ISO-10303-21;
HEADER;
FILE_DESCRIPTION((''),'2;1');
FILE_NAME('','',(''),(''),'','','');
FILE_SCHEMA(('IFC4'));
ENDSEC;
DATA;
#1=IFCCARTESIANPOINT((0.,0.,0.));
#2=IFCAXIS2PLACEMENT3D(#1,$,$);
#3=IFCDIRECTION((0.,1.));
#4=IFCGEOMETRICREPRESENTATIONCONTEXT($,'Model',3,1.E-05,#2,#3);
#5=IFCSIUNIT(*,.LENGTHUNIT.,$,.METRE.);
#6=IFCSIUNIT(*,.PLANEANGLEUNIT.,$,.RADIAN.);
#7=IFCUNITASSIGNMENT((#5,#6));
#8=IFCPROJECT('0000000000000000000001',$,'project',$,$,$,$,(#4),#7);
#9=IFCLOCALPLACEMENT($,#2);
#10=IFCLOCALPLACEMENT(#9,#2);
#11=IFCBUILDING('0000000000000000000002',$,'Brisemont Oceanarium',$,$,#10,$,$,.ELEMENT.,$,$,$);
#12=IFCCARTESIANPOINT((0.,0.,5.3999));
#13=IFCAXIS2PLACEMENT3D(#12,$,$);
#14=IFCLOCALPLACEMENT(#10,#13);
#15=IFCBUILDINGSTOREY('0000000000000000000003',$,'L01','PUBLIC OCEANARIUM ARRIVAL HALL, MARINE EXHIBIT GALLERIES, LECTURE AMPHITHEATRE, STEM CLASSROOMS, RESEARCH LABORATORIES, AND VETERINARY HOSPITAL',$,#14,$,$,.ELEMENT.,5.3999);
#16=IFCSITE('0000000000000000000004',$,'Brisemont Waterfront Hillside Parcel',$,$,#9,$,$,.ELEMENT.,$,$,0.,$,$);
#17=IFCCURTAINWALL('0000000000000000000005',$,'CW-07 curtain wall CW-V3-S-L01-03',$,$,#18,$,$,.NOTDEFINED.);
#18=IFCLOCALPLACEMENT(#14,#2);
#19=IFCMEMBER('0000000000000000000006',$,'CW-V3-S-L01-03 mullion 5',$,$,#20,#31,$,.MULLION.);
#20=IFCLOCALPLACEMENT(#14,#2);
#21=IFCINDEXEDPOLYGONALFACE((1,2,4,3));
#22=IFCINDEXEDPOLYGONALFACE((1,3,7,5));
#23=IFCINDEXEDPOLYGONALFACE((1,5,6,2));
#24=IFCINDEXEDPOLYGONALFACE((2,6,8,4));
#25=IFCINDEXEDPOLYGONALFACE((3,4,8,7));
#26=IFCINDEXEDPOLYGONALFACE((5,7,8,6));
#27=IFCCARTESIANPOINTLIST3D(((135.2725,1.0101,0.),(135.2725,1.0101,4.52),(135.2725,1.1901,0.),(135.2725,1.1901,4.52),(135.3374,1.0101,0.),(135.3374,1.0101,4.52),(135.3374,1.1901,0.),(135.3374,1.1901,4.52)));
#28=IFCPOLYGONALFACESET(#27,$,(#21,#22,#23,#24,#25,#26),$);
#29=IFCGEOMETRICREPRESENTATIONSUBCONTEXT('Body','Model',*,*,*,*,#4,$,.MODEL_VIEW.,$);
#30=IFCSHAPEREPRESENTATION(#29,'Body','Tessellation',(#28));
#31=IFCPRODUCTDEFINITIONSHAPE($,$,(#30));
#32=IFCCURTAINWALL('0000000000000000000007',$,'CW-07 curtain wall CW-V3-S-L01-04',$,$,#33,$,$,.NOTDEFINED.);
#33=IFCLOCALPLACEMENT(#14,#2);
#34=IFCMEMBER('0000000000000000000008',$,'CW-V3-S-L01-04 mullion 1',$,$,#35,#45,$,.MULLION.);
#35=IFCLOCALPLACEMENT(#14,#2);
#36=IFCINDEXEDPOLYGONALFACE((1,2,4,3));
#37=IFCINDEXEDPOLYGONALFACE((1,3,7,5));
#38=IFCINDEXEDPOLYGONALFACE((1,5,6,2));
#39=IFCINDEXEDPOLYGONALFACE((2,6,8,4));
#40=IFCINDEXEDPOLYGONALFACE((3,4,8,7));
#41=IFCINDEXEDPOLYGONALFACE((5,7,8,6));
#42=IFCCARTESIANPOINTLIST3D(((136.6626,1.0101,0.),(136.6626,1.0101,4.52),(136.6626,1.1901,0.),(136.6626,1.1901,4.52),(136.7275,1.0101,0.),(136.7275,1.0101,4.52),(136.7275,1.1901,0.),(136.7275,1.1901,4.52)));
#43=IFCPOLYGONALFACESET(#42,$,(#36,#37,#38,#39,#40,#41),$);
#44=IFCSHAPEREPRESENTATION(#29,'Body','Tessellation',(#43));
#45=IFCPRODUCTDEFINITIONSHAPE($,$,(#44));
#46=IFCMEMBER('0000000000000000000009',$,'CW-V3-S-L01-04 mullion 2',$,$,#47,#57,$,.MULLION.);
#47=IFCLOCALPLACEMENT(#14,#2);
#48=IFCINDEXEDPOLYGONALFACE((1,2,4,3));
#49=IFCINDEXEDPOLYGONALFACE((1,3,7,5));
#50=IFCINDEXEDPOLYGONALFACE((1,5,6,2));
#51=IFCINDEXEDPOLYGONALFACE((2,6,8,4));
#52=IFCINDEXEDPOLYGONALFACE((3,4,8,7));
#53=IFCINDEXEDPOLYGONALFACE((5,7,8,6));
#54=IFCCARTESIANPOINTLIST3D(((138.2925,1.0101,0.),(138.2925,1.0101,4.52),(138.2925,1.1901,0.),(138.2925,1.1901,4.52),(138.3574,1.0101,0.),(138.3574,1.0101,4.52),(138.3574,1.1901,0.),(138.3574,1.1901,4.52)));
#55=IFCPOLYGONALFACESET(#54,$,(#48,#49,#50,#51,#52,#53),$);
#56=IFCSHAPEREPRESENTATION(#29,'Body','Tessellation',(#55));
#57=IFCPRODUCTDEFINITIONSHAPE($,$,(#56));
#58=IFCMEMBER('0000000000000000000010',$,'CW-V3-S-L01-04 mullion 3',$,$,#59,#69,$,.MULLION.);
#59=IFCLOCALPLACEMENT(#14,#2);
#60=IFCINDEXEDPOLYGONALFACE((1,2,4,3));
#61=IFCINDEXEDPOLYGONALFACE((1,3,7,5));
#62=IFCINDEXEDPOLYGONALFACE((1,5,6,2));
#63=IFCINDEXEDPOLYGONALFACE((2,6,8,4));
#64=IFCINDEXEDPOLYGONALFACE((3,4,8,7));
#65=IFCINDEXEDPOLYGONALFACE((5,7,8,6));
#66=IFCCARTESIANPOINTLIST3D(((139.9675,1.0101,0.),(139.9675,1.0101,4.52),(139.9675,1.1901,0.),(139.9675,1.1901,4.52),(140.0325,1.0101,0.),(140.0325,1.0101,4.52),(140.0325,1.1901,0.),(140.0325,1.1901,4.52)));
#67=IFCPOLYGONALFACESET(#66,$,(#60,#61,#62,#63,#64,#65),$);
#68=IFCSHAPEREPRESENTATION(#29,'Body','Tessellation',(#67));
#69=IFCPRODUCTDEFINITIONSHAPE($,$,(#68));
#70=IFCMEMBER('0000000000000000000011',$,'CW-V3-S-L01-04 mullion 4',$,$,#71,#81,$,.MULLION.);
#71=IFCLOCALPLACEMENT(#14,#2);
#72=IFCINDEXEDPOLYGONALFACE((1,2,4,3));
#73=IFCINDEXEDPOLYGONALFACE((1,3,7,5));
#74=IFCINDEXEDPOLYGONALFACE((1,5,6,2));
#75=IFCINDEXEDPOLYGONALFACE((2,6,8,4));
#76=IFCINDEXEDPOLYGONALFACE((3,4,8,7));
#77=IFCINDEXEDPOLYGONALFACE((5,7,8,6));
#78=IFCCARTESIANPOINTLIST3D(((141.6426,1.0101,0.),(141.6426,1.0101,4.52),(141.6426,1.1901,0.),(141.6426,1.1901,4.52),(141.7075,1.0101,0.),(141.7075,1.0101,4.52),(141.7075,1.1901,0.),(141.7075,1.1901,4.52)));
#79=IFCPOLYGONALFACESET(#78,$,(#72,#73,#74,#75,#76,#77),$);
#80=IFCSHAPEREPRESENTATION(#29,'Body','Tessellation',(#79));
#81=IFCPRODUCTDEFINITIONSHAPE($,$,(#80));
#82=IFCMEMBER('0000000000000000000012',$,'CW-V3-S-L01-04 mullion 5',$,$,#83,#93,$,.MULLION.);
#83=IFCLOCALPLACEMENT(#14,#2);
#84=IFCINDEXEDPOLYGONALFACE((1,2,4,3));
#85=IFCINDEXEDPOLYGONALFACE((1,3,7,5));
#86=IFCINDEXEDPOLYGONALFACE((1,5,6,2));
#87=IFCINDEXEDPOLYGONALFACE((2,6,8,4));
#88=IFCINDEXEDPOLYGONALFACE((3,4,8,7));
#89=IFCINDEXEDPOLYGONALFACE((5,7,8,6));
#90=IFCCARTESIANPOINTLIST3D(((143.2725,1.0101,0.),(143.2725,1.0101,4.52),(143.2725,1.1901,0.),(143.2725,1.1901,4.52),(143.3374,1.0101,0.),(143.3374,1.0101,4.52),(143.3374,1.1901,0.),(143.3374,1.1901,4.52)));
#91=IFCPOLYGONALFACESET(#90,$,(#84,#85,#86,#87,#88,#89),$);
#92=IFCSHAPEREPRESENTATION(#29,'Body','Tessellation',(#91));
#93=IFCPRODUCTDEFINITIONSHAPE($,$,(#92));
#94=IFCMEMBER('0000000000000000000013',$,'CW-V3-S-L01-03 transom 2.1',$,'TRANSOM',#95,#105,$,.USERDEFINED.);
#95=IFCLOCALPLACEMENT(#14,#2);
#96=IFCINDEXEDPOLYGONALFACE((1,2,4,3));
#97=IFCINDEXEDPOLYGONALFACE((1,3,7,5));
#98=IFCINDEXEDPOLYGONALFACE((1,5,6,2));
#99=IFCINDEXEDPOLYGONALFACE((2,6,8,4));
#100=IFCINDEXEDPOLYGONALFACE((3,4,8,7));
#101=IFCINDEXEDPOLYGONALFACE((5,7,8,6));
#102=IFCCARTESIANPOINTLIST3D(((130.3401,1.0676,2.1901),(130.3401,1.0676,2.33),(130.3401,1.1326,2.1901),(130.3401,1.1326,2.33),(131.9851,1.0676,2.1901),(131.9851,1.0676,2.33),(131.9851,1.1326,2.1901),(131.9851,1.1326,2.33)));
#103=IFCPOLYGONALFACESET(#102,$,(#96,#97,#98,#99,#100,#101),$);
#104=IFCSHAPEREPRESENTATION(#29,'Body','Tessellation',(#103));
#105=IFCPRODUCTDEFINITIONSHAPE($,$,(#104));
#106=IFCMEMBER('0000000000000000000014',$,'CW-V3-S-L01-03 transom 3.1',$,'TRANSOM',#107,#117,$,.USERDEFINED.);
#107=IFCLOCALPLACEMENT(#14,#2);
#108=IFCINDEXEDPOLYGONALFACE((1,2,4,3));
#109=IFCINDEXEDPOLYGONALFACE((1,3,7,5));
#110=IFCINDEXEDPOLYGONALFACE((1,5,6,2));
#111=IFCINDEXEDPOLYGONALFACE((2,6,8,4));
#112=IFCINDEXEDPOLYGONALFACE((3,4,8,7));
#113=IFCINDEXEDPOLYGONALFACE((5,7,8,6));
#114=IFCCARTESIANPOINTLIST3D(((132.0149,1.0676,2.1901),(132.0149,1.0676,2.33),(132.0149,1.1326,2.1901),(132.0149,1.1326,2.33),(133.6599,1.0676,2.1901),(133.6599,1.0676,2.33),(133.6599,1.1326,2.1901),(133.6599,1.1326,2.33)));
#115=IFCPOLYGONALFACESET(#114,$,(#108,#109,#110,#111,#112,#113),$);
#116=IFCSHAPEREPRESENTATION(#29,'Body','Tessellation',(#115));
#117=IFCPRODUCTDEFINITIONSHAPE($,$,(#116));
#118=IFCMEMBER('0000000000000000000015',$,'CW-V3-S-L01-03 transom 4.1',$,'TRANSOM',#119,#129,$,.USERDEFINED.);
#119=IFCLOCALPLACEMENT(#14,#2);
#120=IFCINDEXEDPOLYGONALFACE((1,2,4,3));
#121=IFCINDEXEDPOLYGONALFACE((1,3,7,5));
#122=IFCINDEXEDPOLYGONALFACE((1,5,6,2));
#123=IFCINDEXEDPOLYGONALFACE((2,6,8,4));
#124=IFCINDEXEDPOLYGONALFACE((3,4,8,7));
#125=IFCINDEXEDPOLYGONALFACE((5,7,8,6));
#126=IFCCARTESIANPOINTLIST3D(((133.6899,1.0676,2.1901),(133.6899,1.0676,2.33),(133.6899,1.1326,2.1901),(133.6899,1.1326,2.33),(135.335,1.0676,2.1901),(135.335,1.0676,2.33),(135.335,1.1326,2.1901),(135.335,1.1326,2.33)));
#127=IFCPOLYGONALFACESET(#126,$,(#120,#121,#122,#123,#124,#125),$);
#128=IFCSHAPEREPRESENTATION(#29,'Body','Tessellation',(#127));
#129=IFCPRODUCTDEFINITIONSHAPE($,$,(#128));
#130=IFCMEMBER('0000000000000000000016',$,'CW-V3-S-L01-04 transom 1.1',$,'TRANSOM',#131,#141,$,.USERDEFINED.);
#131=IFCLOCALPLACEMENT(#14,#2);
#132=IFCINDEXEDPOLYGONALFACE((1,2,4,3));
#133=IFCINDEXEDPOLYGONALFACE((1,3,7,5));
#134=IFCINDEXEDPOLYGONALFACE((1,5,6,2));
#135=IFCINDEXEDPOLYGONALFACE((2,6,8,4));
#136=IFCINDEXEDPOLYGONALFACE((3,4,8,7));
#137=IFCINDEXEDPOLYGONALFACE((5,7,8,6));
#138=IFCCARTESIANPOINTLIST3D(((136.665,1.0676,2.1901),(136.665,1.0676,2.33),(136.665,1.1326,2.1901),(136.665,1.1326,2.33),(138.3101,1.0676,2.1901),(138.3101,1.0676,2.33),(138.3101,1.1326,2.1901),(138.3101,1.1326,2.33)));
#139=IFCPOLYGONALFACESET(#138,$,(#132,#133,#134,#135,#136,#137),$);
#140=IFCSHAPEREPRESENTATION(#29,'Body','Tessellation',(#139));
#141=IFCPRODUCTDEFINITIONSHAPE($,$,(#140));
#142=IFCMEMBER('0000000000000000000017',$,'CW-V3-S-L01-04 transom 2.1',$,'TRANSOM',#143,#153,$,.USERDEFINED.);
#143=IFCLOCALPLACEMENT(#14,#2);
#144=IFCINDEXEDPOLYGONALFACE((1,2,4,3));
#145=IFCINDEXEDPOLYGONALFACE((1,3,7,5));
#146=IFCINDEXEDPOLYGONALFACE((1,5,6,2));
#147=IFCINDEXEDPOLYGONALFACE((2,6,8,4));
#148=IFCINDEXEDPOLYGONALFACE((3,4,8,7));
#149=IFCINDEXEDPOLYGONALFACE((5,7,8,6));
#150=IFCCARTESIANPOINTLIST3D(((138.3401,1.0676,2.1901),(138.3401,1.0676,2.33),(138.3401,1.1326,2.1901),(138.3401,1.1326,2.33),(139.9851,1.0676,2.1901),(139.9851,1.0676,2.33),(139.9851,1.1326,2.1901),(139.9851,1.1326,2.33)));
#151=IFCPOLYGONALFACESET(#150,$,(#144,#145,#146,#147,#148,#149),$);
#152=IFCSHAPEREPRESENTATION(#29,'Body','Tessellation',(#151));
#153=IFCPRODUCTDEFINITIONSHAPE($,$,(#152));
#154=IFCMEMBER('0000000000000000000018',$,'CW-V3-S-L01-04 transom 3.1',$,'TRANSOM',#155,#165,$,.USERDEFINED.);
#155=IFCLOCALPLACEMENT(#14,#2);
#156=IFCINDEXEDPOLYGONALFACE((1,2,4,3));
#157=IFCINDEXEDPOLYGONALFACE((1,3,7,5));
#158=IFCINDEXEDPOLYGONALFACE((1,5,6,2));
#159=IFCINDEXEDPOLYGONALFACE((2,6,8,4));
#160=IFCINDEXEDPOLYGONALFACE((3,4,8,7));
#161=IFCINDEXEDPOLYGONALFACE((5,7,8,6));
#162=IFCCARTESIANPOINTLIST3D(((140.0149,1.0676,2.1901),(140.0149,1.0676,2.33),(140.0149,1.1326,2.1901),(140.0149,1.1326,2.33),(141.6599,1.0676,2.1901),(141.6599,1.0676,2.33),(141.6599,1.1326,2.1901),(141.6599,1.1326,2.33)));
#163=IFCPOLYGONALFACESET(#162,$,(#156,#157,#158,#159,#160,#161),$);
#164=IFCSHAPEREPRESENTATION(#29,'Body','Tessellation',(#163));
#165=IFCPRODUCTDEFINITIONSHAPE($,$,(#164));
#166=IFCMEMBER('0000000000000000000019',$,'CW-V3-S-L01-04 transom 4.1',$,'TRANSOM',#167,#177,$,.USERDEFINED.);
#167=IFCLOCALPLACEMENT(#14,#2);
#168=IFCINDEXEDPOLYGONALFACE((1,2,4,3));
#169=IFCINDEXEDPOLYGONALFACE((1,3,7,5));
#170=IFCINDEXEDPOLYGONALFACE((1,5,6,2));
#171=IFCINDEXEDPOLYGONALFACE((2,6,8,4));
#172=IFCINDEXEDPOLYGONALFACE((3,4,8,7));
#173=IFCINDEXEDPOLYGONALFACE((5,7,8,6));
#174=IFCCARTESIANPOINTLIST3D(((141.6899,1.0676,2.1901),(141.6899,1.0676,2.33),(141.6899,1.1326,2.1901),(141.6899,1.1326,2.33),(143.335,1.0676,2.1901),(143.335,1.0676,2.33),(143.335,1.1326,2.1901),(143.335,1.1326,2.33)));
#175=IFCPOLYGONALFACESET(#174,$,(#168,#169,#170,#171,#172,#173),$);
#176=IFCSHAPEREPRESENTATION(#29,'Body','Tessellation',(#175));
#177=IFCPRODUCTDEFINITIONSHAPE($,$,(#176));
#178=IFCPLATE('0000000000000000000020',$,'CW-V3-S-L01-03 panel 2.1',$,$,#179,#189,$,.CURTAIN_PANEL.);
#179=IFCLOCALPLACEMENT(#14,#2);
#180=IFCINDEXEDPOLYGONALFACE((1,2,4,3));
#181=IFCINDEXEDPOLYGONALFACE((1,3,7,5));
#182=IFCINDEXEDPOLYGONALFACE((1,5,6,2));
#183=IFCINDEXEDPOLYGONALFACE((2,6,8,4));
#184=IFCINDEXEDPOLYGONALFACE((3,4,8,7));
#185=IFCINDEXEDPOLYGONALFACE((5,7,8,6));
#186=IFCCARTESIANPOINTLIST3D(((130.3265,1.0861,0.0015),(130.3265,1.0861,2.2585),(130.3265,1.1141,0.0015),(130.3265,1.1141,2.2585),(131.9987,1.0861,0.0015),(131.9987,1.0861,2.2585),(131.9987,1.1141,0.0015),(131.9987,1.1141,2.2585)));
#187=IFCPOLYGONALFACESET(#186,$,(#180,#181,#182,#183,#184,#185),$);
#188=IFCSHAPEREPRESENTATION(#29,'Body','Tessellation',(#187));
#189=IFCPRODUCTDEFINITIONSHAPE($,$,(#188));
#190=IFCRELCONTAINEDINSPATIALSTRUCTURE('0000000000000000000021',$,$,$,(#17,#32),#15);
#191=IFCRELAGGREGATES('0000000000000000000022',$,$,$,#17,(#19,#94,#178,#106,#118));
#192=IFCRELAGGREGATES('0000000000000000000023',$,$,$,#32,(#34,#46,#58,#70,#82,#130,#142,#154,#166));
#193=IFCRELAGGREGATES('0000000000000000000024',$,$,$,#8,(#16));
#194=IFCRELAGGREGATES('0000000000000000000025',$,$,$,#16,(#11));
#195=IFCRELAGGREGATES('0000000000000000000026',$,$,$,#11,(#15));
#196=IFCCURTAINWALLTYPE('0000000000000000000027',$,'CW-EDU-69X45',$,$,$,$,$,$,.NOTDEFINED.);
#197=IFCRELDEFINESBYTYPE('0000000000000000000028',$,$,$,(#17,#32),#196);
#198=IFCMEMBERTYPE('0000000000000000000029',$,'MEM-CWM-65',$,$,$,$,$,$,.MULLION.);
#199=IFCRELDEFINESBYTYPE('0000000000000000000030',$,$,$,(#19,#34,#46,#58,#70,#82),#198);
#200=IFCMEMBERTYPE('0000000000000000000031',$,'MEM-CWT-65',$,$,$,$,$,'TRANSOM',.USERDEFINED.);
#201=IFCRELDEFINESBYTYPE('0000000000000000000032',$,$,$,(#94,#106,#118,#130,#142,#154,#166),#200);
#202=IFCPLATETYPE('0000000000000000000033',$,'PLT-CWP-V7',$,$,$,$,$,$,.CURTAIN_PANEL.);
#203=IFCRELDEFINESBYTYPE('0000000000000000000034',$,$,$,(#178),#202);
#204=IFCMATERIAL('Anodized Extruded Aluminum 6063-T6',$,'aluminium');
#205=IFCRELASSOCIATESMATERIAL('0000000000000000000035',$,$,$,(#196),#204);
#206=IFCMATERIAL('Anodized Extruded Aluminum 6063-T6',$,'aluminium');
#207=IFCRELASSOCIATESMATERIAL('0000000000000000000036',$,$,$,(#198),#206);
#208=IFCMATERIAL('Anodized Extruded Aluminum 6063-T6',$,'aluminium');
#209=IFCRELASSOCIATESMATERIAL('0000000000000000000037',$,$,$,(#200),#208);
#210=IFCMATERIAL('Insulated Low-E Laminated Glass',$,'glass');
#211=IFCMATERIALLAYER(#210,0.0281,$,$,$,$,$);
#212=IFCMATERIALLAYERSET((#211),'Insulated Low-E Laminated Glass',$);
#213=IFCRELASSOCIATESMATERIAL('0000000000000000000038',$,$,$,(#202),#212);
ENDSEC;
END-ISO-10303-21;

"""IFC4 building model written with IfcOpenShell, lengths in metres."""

from ifc_helpers import new_model, si_unit, direction, frame, origin, origin_2d, place, context, subcontext, project, spatial, rectangle, extrude, material, layer, layer_set, material_profile, profile_set, type_object, element, aggregate, save


model = new_model("IFC4")

# Units and contexts
model_context = context("Model", 3, precision=1e-05, world=origin(), true_north=direction((0.0, 1.0)))
body_context = subcontext(model_context, "Body", "Model", "MODEL_VIEW")
ifc_project = project(units=[si_unit("LENGTHUNIT", "METRE"), si_unit("PLANEANGLEUNIT", "RADIAN")], contexts=[model_context])

# Site, building, storey
site_placement = place(None, origin())
site = spatial("IfcSite", under=ifc_project, at=site_placement, Name="Brisemont Waterfront Hillside Parcel", CompositionType="ELEMENT", RefElevation=0.0)
building_placement = place(site_placement, origin())
building = spatial("IfcBuilding", under=site, at=building_placement, Name="Brisemont Oceanarium", CompositionType="ELEMENT")
storey_placement = place(building_placement, frame((0.0, 0.0, 5.3999)))
storey = spatial("IfcBuildingStorey", under=building, at=storey_placement, Name="L01", Description="PUBLIC OCEANARIUM ARRIVAL HALL, MARINE EXHIBIT GALLERIES, LECTURE AMPHITHEATRE, STEM CLASSROOMS, RESEARCH LABORATORIES, AND VETERINARY HOSPITAL", CompositionType="ELEMENT", Elevation=5.3999)

# Curtain walls, members
ifc_material_1 = material(Name="Anodized Extruded Aluminum 6063-T6", Category="aluminium")
curtain_wall_type = type_object("IfcCurtainWallType", Name="CW-EDU-69X45", PredefinedType="NOTDEFINED", material=ifc_material_1)
curtain_wall_1_placement = place(storey_placement, origin())
curtain_wall_1 = element("IfcCurtainWall", 1, at=curtain_wall_1_placement, inside=storey, type_object=curtain_wall_type, Name="CW-07 curtain wall CW-V3-S-L01-03", PredefinedType="NOTDEFINED")
ifc_material_2 = material(Name="Anodized Extruded Aluminum 6063-T6", Category="aluminium")
ifc_material_profile_1 = material_profile(ifc_material_2, rectangle(XDim=0.0649, YDim=0.1799, at=origin_2d()), Name="CWM-65X180")
ifc_profile_set_1 = profile_set([ifc_material_profile_1], Name="Anodized Extruded Aluminum 6063-T6")
member_type_1 = type_object("IfcMemberType", Name="MEM-CWM-65", PredefinedType="MULLION", material=ifc_profile_set_1)
member_1_placement = place(storey_placement, frame((135.3049, 1.1001, 0.0), z_axis=(0.0, 0.0, 1.0), x_axis=(1.0, 0.0, 0.0)))
member_1 = element("IfcMember", 2, at=member_1_placement, type_object=member_type_1, Name="CW-V3-S-L01-03 mullion 5", PredefinedType="MULLION", context=body_context, shape_type="SweptSolid", body=[
    extrude(rectangle(XDim=0.0649, YDim=0.1799, at=origin_2d()), origin(), (0.0, 0.0, 1.0), 4.52),
])
curtain_wall_2_placement = place(storey_placement, origin())
curtain_wall_2 = element("IfcCurtainWall", 3, at=curtain_wall_2_placement, inside=storey, type_object=curtain_wall_type, Name="CW-07 curtain wall CW-V3-S-L01-04", PredefinedType="NOTDEFINED")
member_2_placement = place(storey_placement, frame((136.6951, 1.1001, 0.0), z_axis=(0.0, 0.0, 1.0), x_axis=(1.0, 0.0, 0.0)))
member_2 = element("IfcMember", 4, at=member_2_placement, type_object=member_type_1, Name="CW-V3-S-L01-04 mullion 1", PredefinedType="MULLION", context=body_context, shape_type="SweptSolid", body=[
    extrude(rectangle(XDim=0.0649, YDim=0.1799, at=origin_2d()), origin(), (0.0, 0.0, 1.0), 4.52),
])
member_3_placement = place(storey_placement, frame((138.325, 1.1001, 0.0), z_axis=(0.0, 0.0, 1.0), x_axis=(1.0, 0.0, 0.0)))
member_3 = element("IfcMember", 5, at=member_3_placement, type_object=member_type_1, Name="CW-V3-S-L01-04 mullion 2", PredefinedType="MULLION", context=body_context, shape_type="SweptSolid", body=[
    extrude(rectangle(XDim=0.0649, YDim=0.1799, at=origin_2d()), origin(), (0.0, 0.0, 1.0), 4.52),
])
member_4_placement = place(storey_placement, frame((140.0, 1.1001, 0.0), z_axis=(0.0, 0.0, 1.0), x_axis=(1.0, 0.0, 0.0)))
member_4 = element("IfcMember", 6, at=member_4_placement, type_object=member_type_1, Name="CW-V3-S-L01-04 mullion 3", PredefinedType="MULLION", context=body_context, shape_type="SweptSolid", body=[
    extrude(rectangle(XDim=0.0649, YDim=0.1799, at=origin_2d()), origin(), (0.0, 0.0, 1.0), 4.52),
])
member_5_placement = place(storey_placement, frame((141.675, 1.1001, 0.0), z_axis=(0.0, 0.0, 1.0), x_axis=(1.0, 0.0, 0.0)))
member_5 = element("IfcMember", 7, at=member_5_placement, type_object=member_type_1, Name="CW-V3-S-L01-04 mullion 4", PredefinedType="MULLION", context=body_context, shape_type="SweptSolid", body=[
    extrude(rectangle(XDim=0.0649, YDim=0.1799, at=origin_2d()), origin(), (0.0, 0.0, 1.0), 4.52),
])
member_6_placement = place(storey_placement, frame((143.3049, 1.1001, 0.0), z_axis=(0.0, 0.0, 1.0), x_axis=(1.0, 0.0, 0.0)))
member_6 = element("IfcMember", 8, at=member_6_placement, type_object=member_type_1, Name="CW-V3-S-L01-04 mullion 5", PredefinedType="MULLION", context=body_context, shape_type="SweptSolid", body=[
    extrude(rectangle(XDim=0.0649, YDim=0.1799, at=origin_2d()), origin(), (0.0, 0.0, 1.0), 4.52),
])

# Members
ifc_material_3 = material(Name="Anodized Extruded Aluminum 6063-T6", Category="aluminium")
ifc_material_profile_2 = material_profile(ifc_material_3, rectangle(XDim=0.0649, YDim=0.1399, at=origin_2d()), Name="CWT-65X140")
ifc_profile_set_2 = profile_set([ifc_material_profile_2], Name="Anodized Extruded Aluminum 6063-T6")
member_type_2 = type_object("IfcMemberType", Name="MEM-CWT-65", ElementType="TRANSOM", PredefinedType="USERDEFINED", material=ifc_profile_set_2)
member_7_placement = place(storey_placement, frame((130.3401, 1.1001, 2.26), z_axis=(1.0, 0.0, 0.0), x_axis=(0.0, 1.0, 0.0)))
member_7 = element("IfcMember", 9, at=member_7_placement, type_object=member_type_2, Name="CW-V3-S-L01-03 transom 2.1", ObjectType="TRANSOM", PredefinedType="USERDEFINED", context=body_context, shape_type="SweptSolid", body=[
    extrude(rectangle(XDim=0.0649, YDim=0.1399, at=origin_2d()), origin(), (0.0, 0.0, 1.0), 1.645),
])
member_8_placement = place(storey_placement, frame((132.0149, 1.1001, 2.26), z_axis=(1.0, 0.0, 0.0), x_axis=(0.0, 1.0, 0.0)))
member_8 = element("IfcMember", 10, at=member_8_placement, type_object=member_type_2, Name="CW-V3-S-L01-03 transom 3.1", ObjectType="TRANSOM", PredefinedType="USERDEFINED", context=body_context, shape_type="SweptSolid", body=[
    extrude(rectangle(XDim=0.0649, YDim=0.1399, at=origin_2d()), origin(), (0.0, 0.0, 1.0), 1.645),
])
member_9_placement = place(storey_placement, frame((133.6899, 1.1001, 2.26), z_axis=(1.0, 0.0, 0.0), x_axis=(0.0, 1.0, 0.0)))
member_9 = element("IfcMember", 11, at=member_9_placement, type_object=member_type_2, Name="CW-V3-S-L01-03 transom 4.1", ObjectType="TRANSOM", PredefinedType="USERDEFINED", context=body_context, shape_type="SweptSolid", body=[
    extrude(rectangle(XDim=0.0649, YDim=0.1399, at=origin_2d()), origin(), (0.0, 0.0, 1.0), 1.645),
])
member_10_placement = place(storey_placement, frame((136.665, 1.1001, 2.26), z_axis=(1.0, 0.0, 0.0), x_axis=(0.0, 1.0, 0.0)))
member_10 = element("IfcMember", 12, at=member_10_placement, type_object=member_type_2, Name="CW-V3-S-L01-04 transom 1.1", ObjectType="TRANSOM", PredefinedType="USERDEFINED", context=body_context, shape_type="SweptSolid", body=[
    extrude(rectangle(XDim=0.0649, YDim=0.1399, at=origin_2d()), origin(), (0.0, 0.0, 1.0), 1.645),
])
member_11_placement = place(storey_placement, frame((138.3401, 1.1001, 2.26), z_axis=(1.0, 0.0, 0.0), x_axis=(0.0, 1.0, 0.0)))
member_11 = element("IfcMember", 13, at=member_11_placement, type_object=member_type_2, Name="CW-V3-S-L01-04 transom 2.1", ObjectType="TRANSOM", PredefinedType="USERDEFINED", context=body_context, shape_type="SweptSolid", body=[
    extrude(rectangle(XDim=0.0649, YDim=0.1399, at=origin_2d()), origin(), (0.0, 0.0, 1.0), 1.645),
])
member_12_placement = place(storey_placement, frame((140.0149, 1.1001, 2.26), z_axis=(1.0, 0.0, 0.0), x_axis=(0.0, 1.0, 0.0)))
member_12 = element("IfcMember", 14, at=member_12_placement, type_object=member_type_2, Name="CW-V3-S-L01-04 transom 3.1", ObjectType="TRANSOM", PredefinedType="USERDEFINED", context=body_context, shape_type="SweptSolid", body=[
    extrude(rectangle(XDim=0.0649, YDim=0.1399, at=origin_2d()), origin(), (0.0, 0.0, 1.0), 1.645),
])
member_13_placement = place(storey_placement, frame((141.6899, 1.1001, 2.26), z_axis=(1.0, 0.0, 0.0), x_axis=(0.0, 1.0, 0.0)))
member_13 = element("IfcMember", 15, at=member_13_placement, type_object=member_type_2, Name="CW-V3-S-L01-04 transom 4.1", ObjectType="TRANSOM", PredefinedType="USERDEFINED", context=body_context, shape_type="SweptSolid", body=[
    extrude(rectangle(XDim=0.0649, YDim=0.1399, at=origin_2d()), origin(), (0.0, 0.0, 1.0), 1.645),
])

# Plate
ifc_material_4 = material(Name="Insulated Low-E Laminated Glass", Category="glass")
ifc_layer = layer(ifc_material_4, 0.0281)
ifc_layer_set = layer_set([ifc_layer], Name="Insulated Low-E Laminated Glass")
plate_type = type_object("IfcPlateType", Name="PLT-CWP-V7", PredefinedType="CURTAIN_PANEL", material=ifc_layer_set)
plate_1_placement = place(storey_placement, frame((131.1626, 1.1001, 0.0015), z_axis=(0.0, 0.0, 1.0), x_axis=(1.0, 0.0, 0.0)))
plate_1 = element("IfcPlate", 16, at=plate_1_placement, type_object=plate_type, Name="CW-V3-S-L01-03 panel 2.1", PredefinedType="CURTAIN_PANEL", context=body_context, shape_type="SweptSolid", body=[
    extrude(rectangle(XDim=1.6721, YDim=0.0281, at=origin_2d()), origin(), (0.0, 0.0, 1.0), 2.2571),
])
aggregate(curtain_wall_1, [member_1, member_7, plate_1, member_8, member_9])
aggregate(curtain_wall_2, [member_2, member_3, member_4, member_5, member_6, member_10, member_11, member_12, member_13])

save(model, "model.ifc")
